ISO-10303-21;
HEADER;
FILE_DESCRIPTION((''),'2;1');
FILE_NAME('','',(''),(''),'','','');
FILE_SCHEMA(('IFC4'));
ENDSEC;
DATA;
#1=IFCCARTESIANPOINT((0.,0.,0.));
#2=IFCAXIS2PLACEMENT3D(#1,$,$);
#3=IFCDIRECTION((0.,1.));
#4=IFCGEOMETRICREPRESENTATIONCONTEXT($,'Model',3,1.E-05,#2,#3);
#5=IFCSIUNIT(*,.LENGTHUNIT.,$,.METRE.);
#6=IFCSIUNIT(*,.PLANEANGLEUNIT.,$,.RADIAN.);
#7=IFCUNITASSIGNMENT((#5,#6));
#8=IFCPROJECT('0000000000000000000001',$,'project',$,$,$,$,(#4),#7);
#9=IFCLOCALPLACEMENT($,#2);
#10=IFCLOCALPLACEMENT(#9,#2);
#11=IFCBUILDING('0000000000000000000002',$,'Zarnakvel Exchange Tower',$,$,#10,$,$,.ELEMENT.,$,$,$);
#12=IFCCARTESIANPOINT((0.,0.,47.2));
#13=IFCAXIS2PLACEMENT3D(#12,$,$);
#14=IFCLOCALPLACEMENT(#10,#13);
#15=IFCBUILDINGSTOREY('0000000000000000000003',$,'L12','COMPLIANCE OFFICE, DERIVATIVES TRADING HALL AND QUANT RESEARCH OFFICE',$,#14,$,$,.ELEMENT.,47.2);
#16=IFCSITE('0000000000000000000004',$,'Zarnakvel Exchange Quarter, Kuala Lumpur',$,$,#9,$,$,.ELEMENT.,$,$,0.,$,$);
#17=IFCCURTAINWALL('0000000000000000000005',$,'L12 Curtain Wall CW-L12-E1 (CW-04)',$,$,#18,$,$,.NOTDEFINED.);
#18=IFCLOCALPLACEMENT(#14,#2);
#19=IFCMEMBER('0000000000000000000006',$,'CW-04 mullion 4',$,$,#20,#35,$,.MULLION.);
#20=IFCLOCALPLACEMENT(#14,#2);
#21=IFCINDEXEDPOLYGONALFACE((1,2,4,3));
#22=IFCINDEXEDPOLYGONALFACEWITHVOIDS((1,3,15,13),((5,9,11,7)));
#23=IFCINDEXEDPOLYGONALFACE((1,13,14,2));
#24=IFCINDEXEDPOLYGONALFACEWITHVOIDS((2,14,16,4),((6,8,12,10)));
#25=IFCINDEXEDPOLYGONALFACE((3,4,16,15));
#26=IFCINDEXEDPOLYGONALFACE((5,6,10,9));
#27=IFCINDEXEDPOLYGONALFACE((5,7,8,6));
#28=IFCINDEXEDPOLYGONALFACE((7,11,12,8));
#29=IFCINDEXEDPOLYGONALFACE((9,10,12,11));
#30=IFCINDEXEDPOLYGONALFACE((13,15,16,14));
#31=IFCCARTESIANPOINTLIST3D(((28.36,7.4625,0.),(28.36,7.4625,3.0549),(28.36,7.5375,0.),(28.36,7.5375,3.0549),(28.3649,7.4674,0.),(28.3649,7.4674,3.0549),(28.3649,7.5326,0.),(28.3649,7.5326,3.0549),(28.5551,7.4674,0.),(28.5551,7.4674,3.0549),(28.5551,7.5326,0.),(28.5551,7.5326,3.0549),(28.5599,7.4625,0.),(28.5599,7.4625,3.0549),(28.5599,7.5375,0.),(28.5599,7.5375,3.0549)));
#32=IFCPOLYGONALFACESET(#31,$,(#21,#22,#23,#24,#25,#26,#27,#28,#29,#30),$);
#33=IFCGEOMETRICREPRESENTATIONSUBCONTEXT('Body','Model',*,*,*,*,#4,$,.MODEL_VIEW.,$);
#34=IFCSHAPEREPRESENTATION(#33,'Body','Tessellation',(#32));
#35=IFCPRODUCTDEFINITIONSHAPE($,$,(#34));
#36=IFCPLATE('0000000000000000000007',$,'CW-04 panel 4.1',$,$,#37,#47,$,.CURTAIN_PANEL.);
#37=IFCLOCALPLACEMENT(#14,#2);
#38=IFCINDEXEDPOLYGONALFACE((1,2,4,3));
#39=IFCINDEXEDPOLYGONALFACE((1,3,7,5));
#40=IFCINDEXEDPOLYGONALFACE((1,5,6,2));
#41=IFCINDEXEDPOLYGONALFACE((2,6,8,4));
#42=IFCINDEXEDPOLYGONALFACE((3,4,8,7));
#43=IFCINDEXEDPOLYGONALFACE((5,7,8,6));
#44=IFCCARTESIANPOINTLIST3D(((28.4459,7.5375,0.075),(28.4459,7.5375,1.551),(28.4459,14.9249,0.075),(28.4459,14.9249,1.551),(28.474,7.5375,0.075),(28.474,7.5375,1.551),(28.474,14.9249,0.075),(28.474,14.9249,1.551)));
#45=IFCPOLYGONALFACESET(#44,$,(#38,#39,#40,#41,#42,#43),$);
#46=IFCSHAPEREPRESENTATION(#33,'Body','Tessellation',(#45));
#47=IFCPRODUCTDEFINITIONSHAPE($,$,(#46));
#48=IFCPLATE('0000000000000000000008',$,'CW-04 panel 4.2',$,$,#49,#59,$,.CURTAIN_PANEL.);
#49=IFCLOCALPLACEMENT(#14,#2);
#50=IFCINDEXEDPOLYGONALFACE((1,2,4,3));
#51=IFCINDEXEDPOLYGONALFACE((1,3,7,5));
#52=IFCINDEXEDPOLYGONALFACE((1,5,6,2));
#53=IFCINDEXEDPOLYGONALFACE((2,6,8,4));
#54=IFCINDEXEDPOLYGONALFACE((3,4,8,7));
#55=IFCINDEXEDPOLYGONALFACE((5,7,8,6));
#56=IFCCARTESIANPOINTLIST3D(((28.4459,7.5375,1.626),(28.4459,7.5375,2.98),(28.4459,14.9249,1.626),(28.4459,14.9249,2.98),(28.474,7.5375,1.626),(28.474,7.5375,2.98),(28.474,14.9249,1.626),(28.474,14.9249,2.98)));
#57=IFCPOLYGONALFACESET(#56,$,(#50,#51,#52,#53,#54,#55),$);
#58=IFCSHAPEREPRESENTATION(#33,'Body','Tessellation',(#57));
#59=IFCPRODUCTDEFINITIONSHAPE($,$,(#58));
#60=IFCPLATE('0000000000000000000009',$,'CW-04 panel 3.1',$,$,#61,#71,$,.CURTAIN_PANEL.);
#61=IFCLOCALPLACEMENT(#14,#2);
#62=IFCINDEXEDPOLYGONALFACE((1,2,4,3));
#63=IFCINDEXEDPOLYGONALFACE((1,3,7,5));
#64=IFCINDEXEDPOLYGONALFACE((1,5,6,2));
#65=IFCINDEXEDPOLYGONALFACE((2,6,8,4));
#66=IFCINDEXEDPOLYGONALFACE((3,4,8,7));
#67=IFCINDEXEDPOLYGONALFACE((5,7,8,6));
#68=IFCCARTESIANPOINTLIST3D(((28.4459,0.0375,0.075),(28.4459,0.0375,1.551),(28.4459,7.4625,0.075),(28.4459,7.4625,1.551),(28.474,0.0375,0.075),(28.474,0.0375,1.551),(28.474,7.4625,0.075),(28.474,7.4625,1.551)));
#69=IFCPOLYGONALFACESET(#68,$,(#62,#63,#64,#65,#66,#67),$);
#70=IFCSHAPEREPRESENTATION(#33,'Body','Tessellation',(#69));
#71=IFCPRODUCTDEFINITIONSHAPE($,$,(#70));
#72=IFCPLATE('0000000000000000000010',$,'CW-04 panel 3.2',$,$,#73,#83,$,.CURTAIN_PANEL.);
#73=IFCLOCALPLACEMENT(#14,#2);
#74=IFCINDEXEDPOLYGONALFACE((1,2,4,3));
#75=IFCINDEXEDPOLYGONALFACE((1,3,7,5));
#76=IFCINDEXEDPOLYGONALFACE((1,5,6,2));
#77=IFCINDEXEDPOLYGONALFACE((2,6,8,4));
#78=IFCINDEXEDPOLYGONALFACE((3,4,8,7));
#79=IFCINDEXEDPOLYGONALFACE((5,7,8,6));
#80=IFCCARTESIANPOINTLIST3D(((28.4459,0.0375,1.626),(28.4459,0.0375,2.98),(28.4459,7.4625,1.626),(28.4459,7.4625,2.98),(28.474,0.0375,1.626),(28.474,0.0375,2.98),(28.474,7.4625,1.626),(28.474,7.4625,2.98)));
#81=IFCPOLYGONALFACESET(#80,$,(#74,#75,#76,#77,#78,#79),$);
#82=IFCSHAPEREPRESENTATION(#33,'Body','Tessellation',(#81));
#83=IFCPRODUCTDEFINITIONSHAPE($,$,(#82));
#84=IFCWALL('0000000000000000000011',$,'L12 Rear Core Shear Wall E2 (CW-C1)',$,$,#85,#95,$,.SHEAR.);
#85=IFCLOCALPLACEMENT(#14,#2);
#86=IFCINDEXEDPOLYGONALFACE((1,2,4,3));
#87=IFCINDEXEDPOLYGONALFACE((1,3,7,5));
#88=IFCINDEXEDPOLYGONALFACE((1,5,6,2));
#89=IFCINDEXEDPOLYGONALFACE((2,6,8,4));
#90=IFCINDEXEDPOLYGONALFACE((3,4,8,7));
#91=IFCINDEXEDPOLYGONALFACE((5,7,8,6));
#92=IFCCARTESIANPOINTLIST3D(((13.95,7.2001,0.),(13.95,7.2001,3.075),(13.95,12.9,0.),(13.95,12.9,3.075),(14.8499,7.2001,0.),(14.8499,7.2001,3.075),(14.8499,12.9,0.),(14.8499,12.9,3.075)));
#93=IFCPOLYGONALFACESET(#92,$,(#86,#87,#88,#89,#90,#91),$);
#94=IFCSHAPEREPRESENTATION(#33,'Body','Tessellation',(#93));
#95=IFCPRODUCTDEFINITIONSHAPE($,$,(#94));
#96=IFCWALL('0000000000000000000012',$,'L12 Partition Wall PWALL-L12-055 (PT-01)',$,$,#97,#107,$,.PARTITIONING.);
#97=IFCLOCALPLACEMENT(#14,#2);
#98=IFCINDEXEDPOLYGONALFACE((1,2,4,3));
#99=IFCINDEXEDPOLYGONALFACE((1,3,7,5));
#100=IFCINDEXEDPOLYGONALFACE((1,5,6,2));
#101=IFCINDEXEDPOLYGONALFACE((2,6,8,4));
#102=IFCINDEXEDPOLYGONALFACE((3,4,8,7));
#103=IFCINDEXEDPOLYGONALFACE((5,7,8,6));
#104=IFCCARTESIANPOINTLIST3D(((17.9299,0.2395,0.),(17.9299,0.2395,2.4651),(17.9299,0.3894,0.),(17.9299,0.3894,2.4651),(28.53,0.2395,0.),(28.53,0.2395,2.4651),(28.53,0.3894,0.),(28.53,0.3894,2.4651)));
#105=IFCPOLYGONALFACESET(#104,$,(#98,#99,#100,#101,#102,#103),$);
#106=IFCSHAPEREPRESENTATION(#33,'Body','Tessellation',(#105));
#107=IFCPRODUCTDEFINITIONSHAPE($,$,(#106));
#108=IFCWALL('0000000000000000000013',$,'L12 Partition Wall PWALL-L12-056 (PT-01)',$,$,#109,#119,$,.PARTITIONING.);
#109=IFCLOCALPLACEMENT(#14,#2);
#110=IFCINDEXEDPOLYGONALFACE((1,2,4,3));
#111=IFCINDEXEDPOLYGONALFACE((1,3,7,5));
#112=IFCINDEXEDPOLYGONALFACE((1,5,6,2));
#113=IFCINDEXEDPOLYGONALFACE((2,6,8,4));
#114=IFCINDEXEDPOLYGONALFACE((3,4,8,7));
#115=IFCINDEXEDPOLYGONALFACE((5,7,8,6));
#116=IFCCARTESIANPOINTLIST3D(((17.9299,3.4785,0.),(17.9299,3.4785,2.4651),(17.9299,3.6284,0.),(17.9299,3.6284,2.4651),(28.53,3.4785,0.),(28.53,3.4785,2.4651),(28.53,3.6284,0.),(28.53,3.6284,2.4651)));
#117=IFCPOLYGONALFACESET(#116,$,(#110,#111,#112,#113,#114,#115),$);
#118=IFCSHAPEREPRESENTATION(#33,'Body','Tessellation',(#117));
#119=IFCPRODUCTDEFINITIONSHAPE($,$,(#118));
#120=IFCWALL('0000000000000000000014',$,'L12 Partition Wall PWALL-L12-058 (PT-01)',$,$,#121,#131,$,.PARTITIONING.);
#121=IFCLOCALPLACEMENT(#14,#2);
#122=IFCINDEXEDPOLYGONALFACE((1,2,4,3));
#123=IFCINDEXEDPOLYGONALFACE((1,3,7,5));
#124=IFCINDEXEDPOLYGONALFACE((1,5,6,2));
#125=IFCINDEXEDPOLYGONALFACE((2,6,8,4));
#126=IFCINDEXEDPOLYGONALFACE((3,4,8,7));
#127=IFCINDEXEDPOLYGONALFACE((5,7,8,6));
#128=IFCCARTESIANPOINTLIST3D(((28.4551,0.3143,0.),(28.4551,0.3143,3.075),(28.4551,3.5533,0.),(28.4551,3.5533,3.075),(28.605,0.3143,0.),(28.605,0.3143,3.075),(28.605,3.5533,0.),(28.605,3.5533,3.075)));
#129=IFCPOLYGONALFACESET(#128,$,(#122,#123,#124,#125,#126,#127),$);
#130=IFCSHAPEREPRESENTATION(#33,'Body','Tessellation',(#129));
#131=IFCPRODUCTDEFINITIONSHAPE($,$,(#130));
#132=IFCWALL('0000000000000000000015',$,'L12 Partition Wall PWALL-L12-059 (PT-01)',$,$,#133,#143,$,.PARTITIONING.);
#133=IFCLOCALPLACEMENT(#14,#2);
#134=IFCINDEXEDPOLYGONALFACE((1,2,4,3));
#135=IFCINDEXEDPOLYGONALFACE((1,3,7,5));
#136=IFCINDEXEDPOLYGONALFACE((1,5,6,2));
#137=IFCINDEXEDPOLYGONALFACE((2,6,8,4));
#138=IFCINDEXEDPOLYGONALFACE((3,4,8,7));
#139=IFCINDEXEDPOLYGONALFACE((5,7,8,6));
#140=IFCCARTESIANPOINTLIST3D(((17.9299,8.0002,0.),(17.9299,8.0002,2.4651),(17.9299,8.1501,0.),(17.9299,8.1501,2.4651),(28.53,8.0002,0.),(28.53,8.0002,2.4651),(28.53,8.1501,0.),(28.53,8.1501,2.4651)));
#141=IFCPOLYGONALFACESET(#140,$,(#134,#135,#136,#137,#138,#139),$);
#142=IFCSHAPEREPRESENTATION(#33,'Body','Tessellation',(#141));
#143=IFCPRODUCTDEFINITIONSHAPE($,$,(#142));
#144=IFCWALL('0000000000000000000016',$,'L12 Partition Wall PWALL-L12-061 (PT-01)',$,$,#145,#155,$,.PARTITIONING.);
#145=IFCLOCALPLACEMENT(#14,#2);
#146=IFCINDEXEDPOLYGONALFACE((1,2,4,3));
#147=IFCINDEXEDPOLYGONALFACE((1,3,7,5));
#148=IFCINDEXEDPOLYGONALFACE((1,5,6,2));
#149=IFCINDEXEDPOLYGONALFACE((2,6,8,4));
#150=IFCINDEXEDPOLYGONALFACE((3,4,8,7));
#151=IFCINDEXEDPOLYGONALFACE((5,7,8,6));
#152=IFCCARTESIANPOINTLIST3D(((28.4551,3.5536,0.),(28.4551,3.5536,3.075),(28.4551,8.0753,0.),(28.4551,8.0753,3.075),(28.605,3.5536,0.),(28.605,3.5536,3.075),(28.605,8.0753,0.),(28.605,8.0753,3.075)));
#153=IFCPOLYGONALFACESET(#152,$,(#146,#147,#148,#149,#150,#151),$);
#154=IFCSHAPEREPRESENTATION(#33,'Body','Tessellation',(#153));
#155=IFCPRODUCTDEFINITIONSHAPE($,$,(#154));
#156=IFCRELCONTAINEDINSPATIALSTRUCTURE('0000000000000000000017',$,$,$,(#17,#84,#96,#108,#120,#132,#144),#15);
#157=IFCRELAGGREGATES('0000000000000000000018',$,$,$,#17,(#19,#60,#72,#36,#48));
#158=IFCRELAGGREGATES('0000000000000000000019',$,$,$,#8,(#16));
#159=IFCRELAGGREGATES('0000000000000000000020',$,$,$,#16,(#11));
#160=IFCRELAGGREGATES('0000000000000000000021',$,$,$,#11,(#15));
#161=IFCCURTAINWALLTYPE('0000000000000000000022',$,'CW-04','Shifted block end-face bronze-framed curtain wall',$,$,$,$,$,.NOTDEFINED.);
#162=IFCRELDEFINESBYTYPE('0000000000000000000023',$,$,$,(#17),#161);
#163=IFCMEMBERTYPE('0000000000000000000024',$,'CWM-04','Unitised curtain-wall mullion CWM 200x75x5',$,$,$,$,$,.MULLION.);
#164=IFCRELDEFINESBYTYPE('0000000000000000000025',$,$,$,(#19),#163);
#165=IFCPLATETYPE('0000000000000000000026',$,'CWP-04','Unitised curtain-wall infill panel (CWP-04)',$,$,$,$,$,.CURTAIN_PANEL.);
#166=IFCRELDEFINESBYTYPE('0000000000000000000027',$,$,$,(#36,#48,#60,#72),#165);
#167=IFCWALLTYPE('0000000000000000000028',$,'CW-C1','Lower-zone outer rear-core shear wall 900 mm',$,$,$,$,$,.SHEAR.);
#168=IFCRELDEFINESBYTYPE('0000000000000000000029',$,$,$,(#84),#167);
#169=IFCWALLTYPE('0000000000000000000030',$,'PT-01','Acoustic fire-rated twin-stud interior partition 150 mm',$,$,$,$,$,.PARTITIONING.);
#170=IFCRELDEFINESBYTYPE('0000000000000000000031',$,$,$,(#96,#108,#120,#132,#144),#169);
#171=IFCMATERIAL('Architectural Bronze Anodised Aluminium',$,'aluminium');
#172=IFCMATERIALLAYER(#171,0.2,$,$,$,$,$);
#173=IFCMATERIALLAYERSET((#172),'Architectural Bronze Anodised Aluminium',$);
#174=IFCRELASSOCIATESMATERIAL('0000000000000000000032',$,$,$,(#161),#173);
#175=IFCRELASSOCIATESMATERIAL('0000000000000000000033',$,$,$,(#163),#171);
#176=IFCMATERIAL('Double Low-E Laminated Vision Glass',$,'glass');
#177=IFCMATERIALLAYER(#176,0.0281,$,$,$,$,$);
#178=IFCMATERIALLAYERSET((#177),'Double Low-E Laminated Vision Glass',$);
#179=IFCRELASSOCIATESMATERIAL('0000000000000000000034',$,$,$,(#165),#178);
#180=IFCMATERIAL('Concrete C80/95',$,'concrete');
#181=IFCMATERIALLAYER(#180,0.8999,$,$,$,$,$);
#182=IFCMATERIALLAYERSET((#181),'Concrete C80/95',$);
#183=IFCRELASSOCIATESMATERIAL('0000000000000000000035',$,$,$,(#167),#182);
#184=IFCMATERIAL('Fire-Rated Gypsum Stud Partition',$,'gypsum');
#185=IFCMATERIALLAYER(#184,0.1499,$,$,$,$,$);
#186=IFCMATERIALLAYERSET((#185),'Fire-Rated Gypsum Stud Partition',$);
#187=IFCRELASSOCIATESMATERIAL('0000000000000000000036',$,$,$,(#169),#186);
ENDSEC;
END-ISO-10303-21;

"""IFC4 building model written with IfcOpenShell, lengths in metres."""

from ifc_helpers import new_model, si_unit, direction, frame, frame_2d, origin, origin_2d, place, context, subcontext, project, spatial, rectangle, hollow_rectangle, extrude, source, transform, mapped, material, layer, layer_set, material_profile, profile_set, type_object, element, aggregate, save


model = new_model("IFC4")

# Units and contexts
model_context = context("Model", 3, precision=1e-05, world=origin(), true_north=direction((0.0, 1.0)))
body_context = subcontext(model_context, "Body", "Model", "MODEL_VIEW")
ifc_project = project(units=[si_unit("LENGTHUNIT", "METRE"), si_unit("PLANEANGLEUNIT", "RADIAN")], contexts=[model_context])

# Site, building, storey
site_placement = place(None, origin())
site = spatial("IfcSite", under=ifc_project, at=site_placement, Name="Zarnakvel Exchange Quarter, Kuala Lumpur", CompositionType="ELEMENT", RefElevation=0.0)
building_placement = place(site_placement, origin())
building = spatial("IfcBuilding", under=site, at=building_placement, Name="Zarnakvel Exchange Tower", CompositionType="ELEMENT")
storey_placement = place(building_placement, frame((0.0, 0.0, 47.2)))
storey = spatial("IfcBuildingStorey", under=building, at=storey_placement, Name="L12", Description="COMPLIANCE OFFICE, DERIVATIVES TRADING HALL AND QUANT RESEARCH OFFICE", CompositionType="ELEMENT", Elevation=47.2)

# Shared definitions
ifc_material_1 = material(Name="Concrete C80/95", Category="concrete")

# Curtain wall, member, plates
ifc_material_2 = material(Name="Architectural Bronze Anodised Aluminium", Category="aluminium")
ifc_layer_1 = layer(ifc_material_2, 0.2)
ifc_layer_set_1 = layer_set([ifc_layer_1], Name="Architectural Bronze Anodised Aluminium")
curtain_wall_type = type_object("IfcCurtainWallType", Name="CW-04", Description="Shifted block end-face bronze-framed curtain wall", PredefinedType="NOTDEFINED", material=ifc_layer_set_1)
curtain_wall_placement = place(storey_placement, origin())
curtain_wall = element("IfcCurtainWall", 1, at=curtain_wall_placement, inside=storey, type_object=curtain_wall_type, Name="L12 Curtain Wall CW-L12-E1 (CW-04)", PredefinedType="NOTDEFINED")
ifc_material_profile_1 = material_profile(ifc_material_2, hollow_rectangle(XDim=0.2, YDim=0.075, WallThickness=0.0049, at=origin_2d()))
ifc_profile_set_1 = profile_set([ifc_material_profile_1], Name="Architectural Bronze Anodised Aluminium")
member_type_1 = type_object("IfcMemberType", Name="CWM-04", Description="Unitised curtain-wall mullion CWM 200x75x5", PredefinedType="MULLION", material=ifc_profile_set_1)
shared_shape_1 = source(origin(), body_context, "Body", "SweptSolid", [
    extrude(hollow_rectangle(XDim=0.2, YDim=0.075, WallThickness=0.0049, at=origin_2d()), origin(), (0.0, 0.0, 1.0), 3.0549),
])
member_1_placement = place(storey_placement, frame((28.46, 7.5, 0.0), z_axis=(0.0, 0.0, 1.0), x_axis=(-1.0, 0.0, 0.0)))
member_1 = element("IfcMember", 2, at=member_1_placement, type_object=member_type_1, Name="CW-04 mullion 4", PredefinedType="MULLION", context=body_context, shape_type="MappedRepresentation", body=[
    mapped(shared_shape_1, transform((0.0, 0.0, 0.0), x_axis=(1.0, 0.0, 0.0), y_axis=(0.0, 1.0, 0.0), z_axis=(0.0, 0.0, 1.0), scale=1.0)),
])
ifc_material_3 = material(Name="Double Low-E Laminated Vision Glass", Category="glass")
ifc_layer_2 = layer(ifc_material_3, 0.0281)
ifc_layer_set_2 = layer_set([ifc_layer_2], Name="Double Low-E Laminated Vision Glass")
plate_type = type_object("IfcPlateType", Name="CWP-04", Description="Unitised curtain-wall infill panel (CWP-04)", PredefinedType="CURTAIN_PANEL", material=ifc_layer_set_2)
shared_shape_2 = source(origin(), body_context, "Body", "SweptSolid", [
    extrude(rectangle(XDim=7.3875, YDim=0.0281, at=origin_2d()), origin(), (0.0, 0.0, 1.0), 1.4761),
])
plate_1_placement = place(storey_placement, frame((28.46, 11.2312, 0.075), z_axis=(0.0, 0.0, 1.0), x_axis=(0.0, 1.0, 0.0)))
plate_1 = element("IfcPlate", 3, at=plate_1_placement, type_object=plate_type, Name="CW-04 panel 4.1", PredefinedType="CURTAIN_PANEL", context=body_context, shape_type="MappedRepresentation", body=[
    mapped(shared_shape_2, transform((0.0, 0.0, 0.0), x_axis=(1.0, 0.0, 0.0), y_axis=(0.0, 1.0, 0.0), z_axis=(0.0, 0.0, 1.0), scale=1.0)),
])
shared_shape_3 = source(origin(), body_context, "Body", "SweptSolid", [
    extrude(rectangle(XDim=7.3875, YDim=0.0281, at=origin_2d()), origin(), (0.0, 0.0, 1.0), 1.354),
])
plate_2_placement = place(storey_placement, frame((28.46, 11.2312, 1.626), z_axis=(0.0, 0.0, 1.0), x_axis=(0.0, 1.0, 0.0)))
plate_2 = element("IfcPlate", 4, at=plate_2_placement, type_object=plate_type, Name="CW-04 panel 4.2", PredefinedType="CURTAIN_PANEL", context=body_context, shape_type="MappedRepresentation", body=[
    mapped(shared_shape_3, transform((0.0, 0.0, 0.0), x_axis=(1.0, 0.0, 0.0), y_axis=(0.0, 1.0, 0.0), z_axis=(0.0, 0.0, 1.0), scale=1.0)),
])
shared_shape_4 = source(origin(), body_context, "Body", "SweptSolid", [
    extrude(rectangle(XDim=7.425, YDim=0.0281, at=origin_2d()), origin(), (0.0, 0.0, 1.0), 1.4761),
])
plate_3_placement = place(storey_placement, frame((28.46, 3.75, 0.075), z_axis=(0.0, 0.0, 1.0), x_axis=(0.0, 1.0, 0.0)))
plate_3 = element("IfcPlate", 5, at=plate_3_placement, type_object=plate_type, Name="CW-04 panel 3.1", PredefinedType="CURTAIN_PANEL", context=body_context, shape_type="MappedRepresentation", body=[
    mapped(shared_shape_4, transform((0.0, 0.0, 0.0), x_axis=(1.0, 0.0, 0.0), y_axis=(0.0, 1.0, 0.0), z_axis=(0.0, 0.0, 1.0), scale=1.0)),
])
shared_shape_5 = source(origin(), body_context, "Body", "SweptSolid", [
    extrude(rectangle(XDim=7.425, YDim=0.0281, at=origin_2d()), origin(), (0.0, 0.0, 1.0), 1.354),
])
plate_4_placement = place(storey_placement, frame((28.46, 3.75, 1.626), z_axis=(0.0, 0.0, 1.0), x_axis=(0.0, 1.0, 0.0)))
plate_4 = element("IfcPlate", 6, at=plate_4_placement, type_object=plate_type, Name="CW-04 panel 3.2", PredefinedType="CURTAIN_PANEL", context=body_context, shape_type="MappedRepresentation", body=[
    mapped(shared_shape_5, transform((0.0, 0.0, 0.0), x_axis=(1.0, 0.0, 0.0), y_axis=(0.0, 1.0, 0.0), z_axis=(0.0, 0.0, 1.0), scale=1.0)),
])
aggregate(curtain_wall, [member_1, plate_3, plate_4, plate_1, plate_2])

# Walls
ifc_layer_3 = layer(ifc_material_1, 0.8999)
ifc_layer_set_3 = layer_set([ifc_layer_3], Name="Concrete C80/95")
wall_type_1 = type_object("IfcWallType", Name="CW-C1", Description="Lower-zone outer rear-core shear wall 900 mm", PredefinedType="SHEAR", material=ifc_layer_set_3)
wall_1_placement = place(storey_placement, frame((14.3999, 7.2, 0.0), z_axis=(0.0, 0.0, 1.0), x_axis=(0.0, 1.0, 0.0)))
element("IfcWall", 7, at=wall_1_placement, inside=storey, type_object=wall_type_1, Name="L12 Rear Core Shear Wall E2 (CW-C1)", PredefinedType="SHEAR", context=body_context, shape_type="SweptSolid", body=[
    extrude(rectangle(XDim=5.7, YDim=0.8999, at=frame_2d((2.8501, 0.0))), origin(), (0.0, 0.0, 1.0), 3.075),
])
ifc_material_4 = material(Name="Fire-Rated Gypsum Stud Partition", Category="gypsum")
ifc_layer_4 = layer(ifc_material_4, 0.1499)
ifc_layer_set_4 = layer_set([ifc_layer_4], Name="Fire-Rated Gypsum Stud Partition")
wall_type_2 = type_object("IfcWallType", Name="PT-01", Description="Acoustic fire-rated twin-stud interior partition 150 mm", PredefinedType="PARTITIONING", material=ifc_layer_set_4)
for number, where, z_axis, x_axis, name in (
    (8, (28.53, 0.3145, 0.0), (0.0, 0.0, 1.0), (-1.0, 0.0, 0.0), "L12 Partition Wall PWALL-L12-055 (PT-01)"),
    (9, (17.9299, 3.5535, 0.0), (0.0, 0.0, 1.0), (1.0, 0.0, 0.0), "L12 Partition Wall PWALL-L12-056 (PT-01)"),
):
    element("IfcWall", number, at=place(storey_placement, frame(where, z_axis=z_axis, x_axis=x_axis)), inside=storey, type_object=wall_type_2, Name=name, PredefinedType="PARTITIONING", context=body_context, shape_type="SweptSolid", body=[
        extrude(rectangle(XDim=10.6001, YDim=0.1499, at=frame_2d((5.3, 0.0))), origin(), (0.0, 0.0, 1.0), 2.4651),
    ])
wall_2_placement = place(storey_placement, frame((28.53, 3.5535, 0.0), z_axis=(0.0, 0.0, 1.0), x_axis=(0.0, -1.0, 0.0)))
element("IfcWall", 10, at=wall_2_placement, inside=storey, type_object=wall_type_2, Name="L12 Partition Wall PWALL-L12-058 (PT-01)", PredefinedType="PARTITIONING", context=body_context, shape_type="SweptSolid", body=[
    extrude(rectangle(XDim=3.239, YDim=0.1499, at=frame_2d((1.6196, 0.0))), origin(), (0.0, 0.0, 1.0), 3.075),
])
wall_3_placement = place(storey_placement, frame((17.9299, 8.0752, 0.0), z_axis=(0.0, 0.0, 1.0), x_axis=(1.0, 0.0, 0.0)))
element("IfcWall", 11, at=wall_3_placement, inside=storey, type_object=wall_type_2, Name="L12 Partition Wall PWALL-L12-059 (PT-01)", PredefinedType="PARTITIONING", context=body_context, shape_type="SweptSolid", body=[
    extrude(rectangle(XDim=10.6001, YDim=0.1499, at=frame_2d((5.3, 0.0))), origin(), (0.0, 0.0, 1.0), 2.4651),
])

# Wall
wall_4_placement = place(storey_placement, frame((28.53, 8.0752, 0.0), z_axis=(0.0, 0.0, 1.0), x_axis=(0.0, -1.0, 0.0)))
element("IfcWall", 12, at=wall_4_placement, inside=storey, type_object=wall_type_2, Name="L12 Partition Wall PWALL-L12-061 (PT-01)", PredefinedType="PARTITIONING", context=body_context, shape_type="SweptSolid", body=[
    extrude(rectangle(XDim=4.5217, YDim=0.1499, at=frame_2d((2.2607, 0.0))), origin(), (0.0, 0.0, 1.0), 3.075),
])

save(model, "model.ifc")
